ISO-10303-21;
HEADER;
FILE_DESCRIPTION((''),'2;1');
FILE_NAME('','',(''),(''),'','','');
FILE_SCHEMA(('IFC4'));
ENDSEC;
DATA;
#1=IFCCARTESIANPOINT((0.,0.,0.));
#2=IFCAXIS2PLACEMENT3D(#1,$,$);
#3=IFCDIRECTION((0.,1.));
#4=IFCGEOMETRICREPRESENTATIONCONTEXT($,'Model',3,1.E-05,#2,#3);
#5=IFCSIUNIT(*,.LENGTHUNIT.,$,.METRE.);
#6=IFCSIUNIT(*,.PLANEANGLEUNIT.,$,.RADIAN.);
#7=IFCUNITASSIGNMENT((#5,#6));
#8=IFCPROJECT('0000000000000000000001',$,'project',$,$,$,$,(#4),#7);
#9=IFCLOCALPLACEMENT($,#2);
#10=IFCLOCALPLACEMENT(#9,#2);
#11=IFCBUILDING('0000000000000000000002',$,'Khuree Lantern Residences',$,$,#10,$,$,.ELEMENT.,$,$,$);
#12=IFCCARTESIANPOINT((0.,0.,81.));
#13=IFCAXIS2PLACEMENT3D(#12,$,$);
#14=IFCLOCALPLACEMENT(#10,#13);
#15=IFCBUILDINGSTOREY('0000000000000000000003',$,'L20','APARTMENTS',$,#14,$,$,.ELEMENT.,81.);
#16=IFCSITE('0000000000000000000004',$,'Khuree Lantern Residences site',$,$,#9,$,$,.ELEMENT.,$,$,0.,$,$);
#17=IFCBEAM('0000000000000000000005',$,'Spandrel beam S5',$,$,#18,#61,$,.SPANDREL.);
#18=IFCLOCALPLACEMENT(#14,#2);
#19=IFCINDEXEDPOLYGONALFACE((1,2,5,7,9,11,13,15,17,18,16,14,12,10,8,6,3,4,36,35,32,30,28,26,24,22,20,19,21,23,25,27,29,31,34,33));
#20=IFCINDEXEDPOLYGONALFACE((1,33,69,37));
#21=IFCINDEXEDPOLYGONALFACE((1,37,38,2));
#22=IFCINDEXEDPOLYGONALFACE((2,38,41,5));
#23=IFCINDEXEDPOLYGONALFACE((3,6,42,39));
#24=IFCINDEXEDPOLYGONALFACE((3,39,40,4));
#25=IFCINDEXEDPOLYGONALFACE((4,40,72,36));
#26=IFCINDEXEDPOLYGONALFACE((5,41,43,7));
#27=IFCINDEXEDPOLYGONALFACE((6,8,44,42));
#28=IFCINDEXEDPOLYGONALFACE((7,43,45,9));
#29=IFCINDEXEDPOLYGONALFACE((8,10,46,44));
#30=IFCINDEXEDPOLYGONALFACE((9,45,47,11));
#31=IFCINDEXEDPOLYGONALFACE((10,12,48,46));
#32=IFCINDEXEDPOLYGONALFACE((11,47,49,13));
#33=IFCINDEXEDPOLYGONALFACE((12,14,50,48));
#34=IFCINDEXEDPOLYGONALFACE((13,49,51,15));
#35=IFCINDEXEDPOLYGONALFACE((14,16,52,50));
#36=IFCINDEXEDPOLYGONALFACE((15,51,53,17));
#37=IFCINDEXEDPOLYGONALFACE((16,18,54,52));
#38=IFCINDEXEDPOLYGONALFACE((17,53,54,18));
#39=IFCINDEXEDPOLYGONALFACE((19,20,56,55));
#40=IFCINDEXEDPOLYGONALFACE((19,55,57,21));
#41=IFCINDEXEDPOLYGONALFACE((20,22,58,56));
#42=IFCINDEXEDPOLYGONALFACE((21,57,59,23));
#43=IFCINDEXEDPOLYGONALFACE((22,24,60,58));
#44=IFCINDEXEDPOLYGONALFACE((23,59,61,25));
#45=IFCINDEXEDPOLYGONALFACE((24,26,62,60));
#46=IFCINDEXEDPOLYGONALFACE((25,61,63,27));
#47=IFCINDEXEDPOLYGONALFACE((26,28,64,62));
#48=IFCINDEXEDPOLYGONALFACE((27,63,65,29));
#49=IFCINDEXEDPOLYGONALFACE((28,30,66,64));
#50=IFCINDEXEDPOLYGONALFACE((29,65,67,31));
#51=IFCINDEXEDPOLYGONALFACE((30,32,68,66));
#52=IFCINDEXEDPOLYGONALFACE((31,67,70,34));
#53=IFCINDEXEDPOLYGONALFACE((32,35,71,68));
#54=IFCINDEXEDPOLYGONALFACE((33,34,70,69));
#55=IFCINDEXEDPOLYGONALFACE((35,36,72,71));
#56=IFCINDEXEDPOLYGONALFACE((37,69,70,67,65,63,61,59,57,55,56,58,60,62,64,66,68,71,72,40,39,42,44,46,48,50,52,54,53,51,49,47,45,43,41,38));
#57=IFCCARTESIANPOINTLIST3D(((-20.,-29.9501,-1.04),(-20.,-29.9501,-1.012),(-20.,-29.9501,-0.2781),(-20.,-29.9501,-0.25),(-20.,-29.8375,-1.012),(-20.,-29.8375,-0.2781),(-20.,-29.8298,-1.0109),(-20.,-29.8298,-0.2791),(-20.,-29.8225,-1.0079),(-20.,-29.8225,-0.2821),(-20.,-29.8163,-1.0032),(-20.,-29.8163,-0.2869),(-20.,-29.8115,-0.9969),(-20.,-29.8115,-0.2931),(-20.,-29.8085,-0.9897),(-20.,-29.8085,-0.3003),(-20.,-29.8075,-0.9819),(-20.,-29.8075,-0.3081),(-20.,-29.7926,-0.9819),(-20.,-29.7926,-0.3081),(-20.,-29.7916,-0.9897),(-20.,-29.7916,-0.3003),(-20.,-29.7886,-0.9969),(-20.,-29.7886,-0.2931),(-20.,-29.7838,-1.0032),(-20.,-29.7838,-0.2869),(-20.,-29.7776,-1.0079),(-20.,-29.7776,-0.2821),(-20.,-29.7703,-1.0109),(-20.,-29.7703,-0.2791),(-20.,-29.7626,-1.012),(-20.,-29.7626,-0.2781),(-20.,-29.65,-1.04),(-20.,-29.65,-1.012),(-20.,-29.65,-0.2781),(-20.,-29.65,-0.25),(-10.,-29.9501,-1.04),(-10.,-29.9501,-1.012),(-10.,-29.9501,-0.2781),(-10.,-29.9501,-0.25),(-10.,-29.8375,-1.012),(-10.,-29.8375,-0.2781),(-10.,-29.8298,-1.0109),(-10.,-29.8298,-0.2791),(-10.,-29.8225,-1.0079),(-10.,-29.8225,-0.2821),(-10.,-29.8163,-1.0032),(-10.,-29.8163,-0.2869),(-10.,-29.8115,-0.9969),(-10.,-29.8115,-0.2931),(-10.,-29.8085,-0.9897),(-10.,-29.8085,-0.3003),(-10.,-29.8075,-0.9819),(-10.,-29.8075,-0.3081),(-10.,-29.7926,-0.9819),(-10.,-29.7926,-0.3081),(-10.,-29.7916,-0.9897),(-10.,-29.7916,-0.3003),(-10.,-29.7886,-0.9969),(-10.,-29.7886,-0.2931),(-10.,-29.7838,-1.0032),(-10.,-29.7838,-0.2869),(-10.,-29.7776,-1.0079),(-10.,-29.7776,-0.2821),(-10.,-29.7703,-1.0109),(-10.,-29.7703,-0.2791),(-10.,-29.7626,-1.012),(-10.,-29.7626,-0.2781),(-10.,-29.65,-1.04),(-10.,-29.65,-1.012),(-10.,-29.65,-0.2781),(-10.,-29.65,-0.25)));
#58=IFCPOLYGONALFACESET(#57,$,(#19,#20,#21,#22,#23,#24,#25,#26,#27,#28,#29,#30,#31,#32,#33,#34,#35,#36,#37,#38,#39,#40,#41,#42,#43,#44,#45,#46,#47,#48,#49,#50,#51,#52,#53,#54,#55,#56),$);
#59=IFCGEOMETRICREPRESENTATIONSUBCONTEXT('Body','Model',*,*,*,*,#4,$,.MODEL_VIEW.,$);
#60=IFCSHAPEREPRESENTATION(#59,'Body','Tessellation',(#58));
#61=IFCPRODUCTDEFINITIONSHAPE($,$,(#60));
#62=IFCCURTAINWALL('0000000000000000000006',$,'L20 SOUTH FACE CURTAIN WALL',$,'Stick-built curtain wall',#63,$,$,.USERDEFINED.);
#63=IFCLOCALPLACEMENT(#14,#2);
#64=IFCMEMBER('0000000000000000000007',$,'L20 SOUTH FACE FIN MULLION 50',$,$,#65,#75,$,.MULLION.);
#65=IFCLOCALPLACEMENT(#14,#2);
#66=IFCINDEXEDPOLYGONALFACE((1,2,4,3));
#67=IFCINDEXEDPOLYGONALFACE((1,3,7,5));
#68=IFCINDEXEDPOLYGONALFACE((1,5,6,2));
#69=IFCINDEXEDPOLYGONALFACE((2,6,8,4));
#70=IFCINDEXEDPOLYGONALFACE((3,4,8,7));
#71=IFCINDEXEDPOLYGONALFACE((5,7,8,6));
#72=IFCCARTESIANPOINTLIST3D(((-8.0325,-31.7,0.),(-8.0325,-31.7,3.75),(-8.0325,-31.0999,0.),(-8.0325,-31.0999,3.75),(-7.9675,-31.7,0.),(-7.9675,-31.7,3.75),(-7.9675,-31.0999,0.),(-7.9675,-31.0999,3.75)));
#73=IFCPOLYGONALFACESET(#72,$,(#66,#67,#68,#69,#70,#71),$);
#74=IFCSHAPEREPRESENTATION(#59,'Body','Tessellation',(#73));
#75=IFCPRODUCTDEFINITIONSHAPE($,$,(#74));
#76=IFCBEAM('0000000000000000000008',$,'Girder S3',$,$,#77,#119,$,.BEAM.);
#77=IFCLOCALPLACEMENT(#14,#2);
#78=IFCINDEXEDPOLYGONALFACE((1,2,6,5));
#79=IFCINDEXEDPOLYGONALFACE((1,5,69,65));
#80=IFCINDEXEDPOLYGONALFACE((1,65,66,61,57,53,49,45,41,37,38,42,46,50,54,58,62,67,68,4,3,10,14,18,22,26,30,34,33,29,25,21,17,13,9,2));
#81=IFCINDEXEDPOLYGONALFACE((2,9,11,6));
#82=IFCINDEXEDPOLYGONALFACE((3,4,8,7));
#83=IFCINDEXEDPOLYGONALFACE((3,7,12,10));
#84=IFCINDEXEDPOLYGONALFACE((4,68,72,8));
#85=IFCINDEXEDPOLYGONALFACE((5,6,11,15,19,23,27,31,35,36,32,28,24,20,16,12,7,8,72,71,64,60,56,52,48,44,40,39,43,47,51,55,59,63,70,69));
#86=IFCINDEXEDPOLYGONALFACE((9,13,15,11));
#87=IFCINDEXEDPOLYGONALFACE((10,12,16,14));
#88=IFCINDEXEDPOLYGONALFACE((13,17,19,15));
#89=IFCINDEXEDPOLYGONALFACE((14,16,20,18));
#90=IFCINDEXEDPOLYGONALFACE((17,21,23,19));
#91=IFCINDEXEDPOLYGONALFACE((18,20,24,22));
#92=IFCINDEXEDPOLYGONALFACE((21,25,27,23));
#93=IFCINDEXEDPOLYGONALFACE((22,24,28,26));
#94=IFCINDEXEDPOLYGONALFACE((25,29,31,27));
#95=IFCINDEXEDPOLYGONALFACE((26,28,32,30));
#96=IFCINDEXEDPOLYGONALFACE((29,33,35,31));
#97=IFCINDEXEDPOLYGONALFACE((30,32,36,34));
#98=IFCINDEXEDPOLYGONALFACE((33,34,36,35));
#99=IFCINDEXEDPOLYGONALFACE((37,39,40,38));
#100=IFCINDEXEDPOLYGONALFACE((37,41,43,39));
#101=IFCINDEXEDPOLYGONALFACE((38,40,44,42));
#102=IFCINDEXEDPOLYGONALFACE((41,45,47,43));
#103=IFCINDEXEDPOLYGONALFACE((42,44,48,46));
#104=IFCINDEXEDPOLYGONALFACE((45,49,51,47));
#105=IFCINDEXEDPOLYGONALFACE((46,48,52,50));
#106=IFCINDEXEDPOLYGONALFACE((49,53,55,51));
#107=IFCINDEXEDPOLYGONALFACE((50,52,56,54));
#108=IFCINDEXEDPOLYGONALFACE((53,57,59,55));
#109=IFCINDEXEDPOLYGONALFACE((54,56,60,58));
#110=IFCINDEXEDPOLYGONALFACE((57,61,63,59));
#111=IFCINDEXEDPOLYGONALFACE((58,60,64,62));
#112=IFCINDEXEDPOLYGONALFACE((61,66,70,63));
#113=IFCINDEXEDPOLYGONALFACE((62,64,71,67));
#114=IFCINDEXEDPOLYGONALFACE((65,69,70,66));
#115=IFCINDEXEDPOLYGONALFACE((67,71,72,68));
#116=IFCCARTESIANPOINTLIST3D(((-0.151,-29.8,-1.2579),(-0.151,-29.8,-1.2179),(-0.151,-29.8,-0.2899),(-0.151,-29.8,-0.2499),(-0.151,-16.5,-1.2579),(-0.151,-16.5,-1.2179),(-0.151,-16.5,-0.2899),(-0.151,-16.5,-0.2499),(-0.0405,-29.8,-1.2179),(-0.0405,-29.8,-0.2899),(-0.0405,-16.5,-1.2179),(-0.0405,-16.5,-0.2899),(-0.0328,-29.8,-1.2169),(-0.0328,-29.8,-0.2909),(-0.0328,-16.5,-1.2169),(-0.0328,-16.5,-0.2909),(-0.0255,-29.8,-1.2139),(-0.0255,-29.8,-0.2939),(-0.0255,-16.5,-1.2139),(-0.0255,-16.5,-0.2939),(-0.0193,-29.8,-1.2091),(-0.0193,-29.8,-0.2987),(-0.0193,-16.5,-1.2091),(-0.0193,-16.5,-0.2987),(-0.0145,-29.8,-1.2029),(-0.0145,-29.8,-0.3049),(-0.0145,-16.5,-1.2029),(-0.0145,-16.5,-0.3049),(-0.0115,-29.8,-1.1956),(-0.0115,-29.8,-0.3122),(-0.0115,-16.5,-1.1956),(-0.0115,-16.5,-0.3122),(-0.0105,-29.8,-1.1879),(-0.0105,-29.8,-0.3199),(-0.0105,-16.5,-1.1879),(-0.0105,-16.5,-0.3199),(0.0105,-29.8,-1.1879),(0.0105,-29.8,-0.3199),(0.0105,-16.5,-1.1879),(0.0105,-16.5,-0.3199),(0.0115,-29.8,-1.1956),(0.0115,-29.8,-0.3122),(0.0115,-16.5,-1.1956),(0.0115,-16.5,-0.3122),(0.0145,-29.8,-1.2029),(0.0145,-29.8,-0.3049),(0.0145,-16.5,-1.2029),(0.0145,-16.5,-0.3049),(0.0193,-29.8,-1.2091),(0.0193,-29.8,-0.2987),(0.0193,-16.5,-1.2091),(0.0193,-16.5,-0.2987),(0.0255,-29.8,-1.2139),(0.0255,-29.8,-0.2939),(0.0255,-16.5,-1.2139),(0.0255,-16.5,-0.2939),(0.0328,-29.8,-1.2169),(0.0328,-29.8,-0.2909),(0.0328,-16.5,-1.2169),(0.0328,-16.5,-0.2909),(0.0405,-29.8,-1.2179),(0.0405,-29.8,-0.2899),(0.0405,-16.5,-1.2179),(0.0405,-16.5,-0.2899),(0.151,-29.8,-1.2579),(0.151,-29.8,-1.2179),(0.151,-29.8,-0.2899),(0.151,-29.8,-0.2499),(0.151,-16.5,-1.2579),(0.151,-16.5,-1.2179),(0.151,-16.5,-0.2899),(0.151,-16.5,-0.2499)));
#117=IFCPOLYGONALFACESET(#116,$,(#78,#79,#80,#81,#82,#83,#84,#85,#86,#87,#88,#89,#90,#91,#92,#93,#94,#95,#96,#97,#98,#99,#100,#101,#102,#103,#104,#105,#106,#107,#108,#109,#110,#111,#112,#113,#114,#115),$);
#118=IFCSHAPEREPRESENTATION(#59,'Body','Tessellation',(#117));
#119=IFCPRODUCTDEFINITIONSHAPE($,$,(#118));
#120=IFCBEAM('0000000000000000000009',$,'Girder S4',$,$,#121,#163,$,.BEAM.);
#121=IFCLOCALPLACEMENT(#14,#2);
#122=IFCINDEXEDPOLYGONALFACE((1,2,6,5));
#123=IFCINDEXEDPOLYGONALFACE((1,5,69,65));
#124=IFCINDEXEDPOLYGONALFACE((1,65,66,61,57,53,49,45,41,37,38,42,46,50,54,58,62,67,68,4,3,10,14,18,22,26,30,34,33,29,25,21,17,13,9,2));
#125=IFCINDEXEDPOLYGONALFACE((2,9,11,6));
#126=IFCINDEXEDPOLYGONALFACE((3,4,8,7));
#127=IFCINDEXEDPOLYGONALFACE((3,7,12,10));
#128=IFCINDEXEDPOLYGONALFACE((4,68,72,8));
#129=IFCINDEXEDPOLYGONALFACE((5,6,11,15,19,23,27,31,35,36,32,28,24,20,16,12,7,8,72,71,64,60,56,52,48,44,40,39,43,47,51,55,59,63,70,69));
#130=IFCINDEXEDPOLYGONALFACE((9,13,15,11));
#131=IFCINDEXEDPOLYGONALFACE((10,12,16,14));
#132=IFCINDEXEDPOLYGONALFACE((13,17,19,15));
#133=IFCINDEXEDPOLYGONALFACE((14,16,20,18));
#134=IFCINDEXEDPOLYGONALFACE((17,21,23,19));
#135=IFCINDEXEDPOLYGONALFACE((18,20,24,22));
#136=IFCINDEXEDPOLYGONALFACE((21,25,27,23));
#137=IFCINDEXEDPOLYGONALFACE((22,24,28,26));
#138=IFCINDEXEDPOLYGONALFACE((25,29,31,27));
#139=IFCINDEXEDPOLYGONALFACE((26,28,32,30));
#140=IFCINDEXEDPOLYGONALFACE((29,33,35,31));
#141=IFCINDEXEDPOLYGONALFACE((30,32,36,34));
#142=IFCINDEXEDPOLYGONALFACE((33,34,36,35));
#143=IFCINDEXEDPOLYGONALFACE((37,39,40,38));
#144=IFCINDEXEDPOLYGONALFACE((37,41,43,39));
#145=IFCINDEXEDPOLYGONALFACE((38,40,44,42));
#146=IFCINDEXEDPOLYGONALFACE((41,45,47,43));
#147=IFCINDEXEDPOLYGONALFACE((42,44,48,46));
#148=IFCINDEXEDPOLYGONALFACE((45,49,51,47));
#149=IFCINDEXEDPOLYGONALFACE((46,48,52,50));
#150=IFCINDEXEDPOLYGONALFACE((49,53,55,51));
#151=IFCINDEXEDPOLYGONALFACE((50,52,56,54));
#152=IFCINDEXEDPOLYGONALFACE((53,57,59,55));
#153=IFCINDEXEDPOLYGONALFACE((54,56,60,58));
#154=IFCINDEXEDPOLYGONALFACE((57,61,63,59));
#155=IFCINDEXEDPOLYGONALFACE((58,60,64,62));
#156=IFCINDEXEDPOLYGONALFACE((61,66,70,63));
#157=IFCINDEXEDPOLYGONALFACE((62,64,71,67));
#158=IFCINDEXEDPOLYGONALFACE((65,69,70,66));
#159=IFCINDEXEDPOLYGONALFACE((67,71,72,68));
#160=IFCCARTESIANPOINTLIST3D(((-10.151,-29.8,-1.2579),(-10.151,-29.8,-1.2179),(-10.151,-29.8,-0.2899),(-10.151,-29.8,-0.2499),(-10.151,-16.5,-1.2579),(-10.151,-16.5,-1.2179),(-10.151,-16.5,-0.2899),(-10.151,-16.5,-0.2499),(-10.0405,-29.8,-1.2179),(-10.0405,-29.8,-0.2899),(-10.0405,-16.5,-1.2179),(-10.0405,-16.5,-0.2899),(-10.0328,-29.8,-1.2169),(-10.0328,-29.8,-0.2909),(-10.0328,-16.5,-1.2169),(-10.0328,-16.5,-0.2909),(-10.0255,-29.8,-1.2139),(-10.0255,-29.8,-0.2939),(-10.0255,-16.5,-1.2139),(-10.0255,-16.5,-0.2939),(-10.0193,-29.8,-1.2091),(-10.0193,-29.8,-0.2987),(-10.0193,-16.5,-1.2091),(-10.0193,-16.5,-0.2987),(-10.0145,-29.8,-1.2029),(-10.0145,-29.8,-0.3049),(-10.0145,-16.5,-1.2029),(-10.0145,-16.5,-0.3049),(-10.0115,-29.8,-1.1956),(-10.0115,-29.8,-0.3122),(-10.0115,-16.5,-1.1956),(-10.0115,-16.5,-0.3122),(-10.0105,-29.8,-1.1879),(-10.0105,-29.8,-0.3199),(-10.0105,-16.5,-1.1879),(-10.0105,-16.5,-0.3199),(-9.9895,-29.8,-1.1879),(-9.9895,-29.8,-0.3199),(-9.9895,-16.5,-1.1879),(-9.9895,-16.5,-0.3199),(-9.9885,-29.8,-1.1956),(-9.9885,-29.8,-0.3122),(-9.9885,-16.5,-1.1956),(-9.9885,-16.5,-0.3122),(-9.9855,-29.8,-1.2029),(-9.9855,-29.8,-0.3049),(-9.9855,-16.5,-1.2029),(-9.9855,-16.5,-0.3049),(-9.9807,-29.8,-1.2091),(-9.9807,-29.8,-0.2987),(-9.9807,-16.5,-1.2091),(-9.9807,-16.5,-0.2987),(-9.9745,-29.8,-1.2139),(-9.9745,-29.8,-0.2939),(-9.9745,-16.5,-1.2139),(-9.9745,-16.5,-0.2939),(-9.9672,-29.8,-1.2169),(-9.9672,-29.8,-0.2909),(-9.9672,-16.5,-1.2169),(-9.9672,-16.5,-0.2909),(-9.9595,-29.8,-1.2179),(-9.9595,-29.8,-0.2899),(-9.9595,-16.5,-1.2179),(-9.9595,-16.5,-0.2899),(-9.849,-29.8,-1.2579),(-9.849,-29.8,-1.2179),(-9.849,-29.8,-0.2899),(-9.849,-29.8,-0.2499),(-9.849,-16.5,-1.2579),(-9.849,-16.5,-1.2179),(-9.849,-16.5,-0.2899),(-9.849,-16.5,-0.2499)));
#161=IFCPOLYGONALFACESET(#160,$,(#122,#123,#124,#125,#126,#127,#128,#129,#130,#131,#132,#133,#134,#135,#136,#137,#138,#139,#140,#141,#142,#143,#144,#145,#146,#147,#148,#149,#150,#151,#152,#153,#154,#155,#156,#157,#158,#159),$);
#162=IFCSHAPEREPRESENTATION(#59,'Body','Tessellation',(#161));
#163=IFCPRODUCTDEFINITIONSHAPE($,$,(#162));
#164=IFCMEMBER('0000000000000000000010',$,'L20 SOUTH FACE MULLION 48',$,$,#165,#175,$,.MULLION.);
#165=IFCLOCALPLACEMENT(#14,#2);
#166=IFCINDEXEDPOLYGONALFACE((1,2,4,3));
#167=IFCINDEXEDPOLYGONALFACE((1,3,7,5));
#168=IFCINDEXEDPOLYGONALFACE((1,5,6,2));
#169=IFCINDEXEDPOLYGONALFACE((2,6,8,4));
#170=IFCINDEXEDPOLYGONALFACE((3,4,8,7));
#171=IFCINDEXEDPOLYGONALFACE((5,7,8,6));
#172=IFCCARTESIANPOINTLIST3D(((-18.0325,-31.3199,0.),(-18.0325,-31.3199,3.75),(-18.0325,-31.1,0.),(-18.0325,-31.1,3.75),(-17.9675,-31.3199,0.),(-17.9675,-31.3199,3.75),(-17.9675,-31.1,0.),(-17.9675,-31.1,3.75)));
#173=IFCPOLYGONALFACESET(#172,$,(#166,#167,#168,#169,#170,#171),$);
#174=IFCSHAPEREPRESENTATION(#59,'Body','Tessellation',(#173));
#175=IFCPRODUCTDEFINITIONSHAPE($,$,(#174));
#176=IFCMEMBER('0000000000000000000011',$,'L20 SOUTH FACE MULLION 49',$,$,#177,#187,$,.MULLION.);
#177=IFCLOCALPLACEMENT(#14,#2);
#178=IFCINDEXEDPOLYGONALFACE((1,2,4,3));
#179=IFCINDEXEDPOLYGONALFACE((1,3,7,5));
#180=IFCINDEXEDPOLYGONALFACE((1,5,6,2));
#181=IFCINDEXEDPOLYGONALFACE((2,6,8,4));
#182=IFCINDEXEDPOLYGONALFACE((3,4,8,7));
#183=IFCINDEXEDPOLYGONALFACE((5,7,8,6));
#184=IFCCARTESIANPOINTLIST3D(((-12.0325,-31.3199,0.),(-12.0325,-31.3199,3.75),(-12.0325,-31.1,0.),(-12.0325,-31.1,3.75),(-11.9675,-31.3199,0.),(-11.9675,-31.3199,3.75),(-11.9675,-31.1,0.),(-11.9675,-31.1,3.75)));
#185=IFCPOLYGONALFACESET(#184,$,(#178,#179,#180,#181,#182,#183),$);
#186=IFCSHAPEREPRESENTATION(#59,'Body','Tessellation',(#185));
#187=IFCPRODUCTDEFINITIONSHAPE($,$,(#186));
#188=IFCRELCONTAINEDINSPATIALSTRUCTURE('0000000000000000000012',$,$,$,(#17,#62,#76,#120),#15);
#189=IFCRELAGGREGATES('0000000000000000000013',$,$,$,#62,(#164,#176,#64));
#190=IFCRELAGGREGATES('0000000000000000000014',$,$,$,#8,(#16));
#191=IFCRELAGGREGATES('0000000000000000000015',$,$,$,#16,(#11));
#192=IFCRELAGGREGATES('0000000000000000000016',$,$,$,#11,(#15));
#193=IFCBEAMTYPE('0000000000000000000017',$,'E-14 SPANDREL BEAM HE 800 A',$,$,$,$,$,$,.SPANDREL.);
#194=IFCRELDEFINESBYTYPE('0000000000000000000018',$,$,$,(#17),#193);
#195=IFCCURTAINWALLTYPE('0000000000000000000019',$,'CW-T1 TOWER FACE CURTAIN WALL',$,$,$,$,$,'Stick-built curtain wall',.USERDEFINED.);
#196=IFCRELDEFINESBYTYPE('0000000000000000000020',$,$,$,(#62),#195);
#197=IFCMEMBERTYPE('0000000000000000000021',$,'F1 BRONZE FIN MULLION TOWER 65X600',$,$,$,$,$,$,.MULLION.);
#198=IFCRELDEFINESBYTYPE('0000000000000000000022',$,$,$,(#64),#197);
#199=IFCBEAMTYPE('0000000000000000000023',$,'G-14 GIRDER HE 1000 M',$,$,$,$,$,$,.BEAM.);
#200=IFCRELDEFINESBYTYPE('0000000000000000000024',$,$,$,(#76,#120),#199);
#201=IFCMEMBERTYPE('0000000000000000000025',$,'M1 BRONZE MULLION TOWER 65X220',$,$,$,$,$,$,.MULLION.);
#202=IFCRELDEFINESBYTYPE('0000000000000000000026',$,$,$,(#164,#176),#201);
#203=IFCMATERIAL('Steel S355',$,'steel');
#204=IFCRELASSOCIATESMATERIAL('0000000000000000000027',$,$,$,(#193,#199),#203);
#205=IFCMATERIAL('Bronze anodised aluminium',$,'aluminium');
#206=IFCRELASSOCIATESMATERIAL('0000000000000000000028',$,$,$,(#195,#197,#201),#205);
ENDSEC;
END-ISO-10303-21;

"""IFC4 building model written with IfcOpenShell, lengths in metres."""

from ifc_helpers import new_model, si_unit, direction, frame, origin, origin_2d, place, context, subcontext, project, spatial, rectangle, i_section, extrude, material, material_profile, profile_set, type_object, element, aggregate, save


model = new_model("IFC4")

# Units and contexts
model_context = context("Model", 3, precision=1e-05, world=origin(), true_north=direction((0.0, 1.0)))
body_context = subcontext(model_context, "Body", "Model", "MODEL_VIEW")
ifc_project = project(units=[si_unit("LENGTHUNIT", "METRE"), si_unit("PLANEANGLEUNIT", "RADIAN")], contexts=[model_context])

# Site, building, storey
site_placement = place(None, origin())
site = spatial("IfcSite", under=ifc_project, at=site_placement, Name="Khuree Lantern Residences site", CompositionType="ELEMENT", RefElevation=0.0)
building_placement = place(site_placement, origin())
building = spatial("IfcBuilding", under=site, at=building_placement, Name="Khuree Lantern Residences", CompositionType="ELEMENT")
storey_placement = place(building_placement, frame((0.0, 0.0, 81.0)))
storey = spatial("IfcBuildingStorey", under=building, at=storey_placement, Name="L20", Description="APARTMENTS", CompositionType="ELEMENT", Elevation=81.0)

# Beam
ifc_material_1 = material(Name="Steel S355", Category="steel")
ifc_material_profile_1 = material_profile(ifc_material_1, i_section(OverallWidth=0.3, OverallDepth=0.79, WebThickness=0.0149, FlangeThickness=0.0281, FilletRadius=0.03, at=origin_2d()), Name="HE 800 A")
ifc_profile_set_1 = profile_set([ifc_material_profile_1], Name="Steel S355")
beam_type_1 = type_object("IfcBeamType", Name="E-14 SPANDREL BEAM HE 800 A", PredefinedType="SPANDREL", material=ifc_profile_set_1)
for number, where, z_axis, x_axis, name in (
    (1, (-10.0, -29.8, -0.645), (-1.0, 0.0, 0.0), (0.0, -1.0, 0.0), "Spandrel beam S5"),
):
    element("IfcBeam", number, at=place(storey_placement, frame(where, z_axis=z_axis, x_axis=x_axis)), inside=storey, type_object=beam_type_1, Name=name, PredefinedType="SPANDREL", context=body_context, shape_type="SweptSolid", body=[
        extrude(i_section(OverallWidth=0.3, OverallDepth=0.79, WebThickness=0.0149, FlangeThickness=0.0281, FilletRadius=0.03, at=origin_2d()), origin(), (0.0, 0.0, 1.0), 10.0),
    ])

# Curtain wall, member
ifc_material_2 = material(Name="Bronze anodised aluminium", Category="aluminium")
curtain_wall_type = type_object("IfcCurtainWallType", Name="CW-T1 TOWER FACE CURTAIN WALL", ElementType="Stick-built curtain wall", PredefinedType="USERDEFINED", material=ifc_material_2)
curtain_wall_placement = place(storey_placement, origin())
curtain_wall = element("IfcCurtainWall", 2, at=curtain_wall_placement, inside=storey, type_object=curtain_wall_type, Name="L20 SOUTH FACE CURTAIN WALL", ObjectType="Stick-built curtain wall", PredefinedType="USERDEFINED")
ifc_material_profile_2 = material_profile(ifc_material_2, rectangle(XDim=0.0649, YDim=0.6001, at=origin_2d()), Name="F1 65X600")
ifc_profile_set_2 = profile_set([ifc_material_profile_2], Name="Bronze anodised aluminium")
member_type_1 = type_object("IfcMemberType", Name="F1 BRONZE FIN MULLION TOWER 65X600", PredefinedType="MULLION", material=ifc_profile_set_2)
member_1_placement = place(storey_placement, frame((-8.0, -31.3999, 0.0), z_axis=(0.0, 0.0, 1.0), x_axis=(1.0, 0.0, 0.0)))
member_1 = element("IfcMember", 3, at=member_1_placement, type_object=member_type_1, Name="L20 SOUTH FACE FIN MULLION 50", PredefinedType="MULLION", context=body_context, shape_type="SweptSolid", body=[
    extrude(rectangle(XDim=0.0649, YDim=0.6001, at=origin_2d()), origin(), (0.0, 0.0, 1.0), 3.75),
])

# Beams
ifc_material_profile_3 = material_profile(ifc_material_1, i_section(OverallWidth=0.302, OverallDepth=1.0081, WebThickness=0.021, FlangeThickness=0.04, FilletRadius=0.03, at=origin_2d()), Name="HE 1000 M")
ifc_profile_set_3 = profile_set([ifc_material_profile_3], Name="Steel S355")
beam_type_2 = type_object("IfcBeamType", Name="G-14 GIRDER HE 1000 M", PredefinedType="BEAM", material=ifc_profile_set_3)
for number, where, z_axis, x_axis, name in (
    (4, (0.0, -29.8, -0.7539), (0.0, 1.0, 0.0), (-1.0, 0.0, 0.0), "Girder S3"),
    (5, (-10.0, -29.8, -0.7539), (0.0, 1.0, 0.0), (-1.0, 0.0, 0.0), "Girder S4"),
):
    element("IfcBeam", number, at=place(storey_placement, frame(where, z_axis=z_axis, x_axis=x_axis)), inside=storey, type_object=beam_type_2, Name=name, PredefinedType="BEAM", context=body_context, shape_type="SweptSolid", body=[
        extrude(i_section(OverallWidth=0.302, OverallDepth=1.0081, WebThickness=0.021, FlangeThickness=0.04, FilletRadius=0.03, at=origin_2d()), origin(), (0.0, 0.0, 1.0), 13.3),
    ])

# Members
ifc_material_profile_4 = material_profile(ifc_material_2, rectangle(XDim=0.0649, YDim=0.22, at=origin_2d()), Name="M1 65X220")
ifc_profile_set_4 = profile_set([ifc_material_profile_4], Name="Bronze anodised aluminium")
member_type_2 = type_object("IfcMemberType", Name="M1 BRONZE MULLION TOWER 65X220", PredefinedType="MULLION", material=ifc_profile_set_4)
member_2_placement = place(storey_placement, frame((-18.0, -31.21, 0.0), z_axis=(0.0, 0.0, 1.0), x_axis=(1.0, 0.0, 0.0)))
member_2 = element("IfcMember", 6, at=member_2_placement, type_object=member_type_2, Name="L20 SOUTH FACE MULLION 48", PredefinedType="MULLION", context=body_context, shape_type="SweptSolid", body=[
    extrude(rectangle(XDim=0.0649, YDim=0.22, at=origin_2d()), origin(), (0.0, 0.0, 1.0), 3.75),
])
member_3_placement = place(storey_placement, frame((-12.0, -31.21, 0.0), z_axis=(0.0, 0.0, 1.0), x_axis=(1.0, 0.0, 0.0)))
member_3 = element("IfcMember", 7, at=member_3_placement, type_object=member_type_2, Name="L20 SOUTH FACE MULLION 49", PredefinedType="MULLION", context=body_context, shape_type="SweptSolid", body=[
    extrude(rectangle(XDim=0.0649, YDim=0.22, at=origin_2d()), origin(), (0.0, 0.0, 1.0), 3.75),
])

aggregate(curtain_wall, [member_2, member_3, member_1])

save(model, "model.ifc")
